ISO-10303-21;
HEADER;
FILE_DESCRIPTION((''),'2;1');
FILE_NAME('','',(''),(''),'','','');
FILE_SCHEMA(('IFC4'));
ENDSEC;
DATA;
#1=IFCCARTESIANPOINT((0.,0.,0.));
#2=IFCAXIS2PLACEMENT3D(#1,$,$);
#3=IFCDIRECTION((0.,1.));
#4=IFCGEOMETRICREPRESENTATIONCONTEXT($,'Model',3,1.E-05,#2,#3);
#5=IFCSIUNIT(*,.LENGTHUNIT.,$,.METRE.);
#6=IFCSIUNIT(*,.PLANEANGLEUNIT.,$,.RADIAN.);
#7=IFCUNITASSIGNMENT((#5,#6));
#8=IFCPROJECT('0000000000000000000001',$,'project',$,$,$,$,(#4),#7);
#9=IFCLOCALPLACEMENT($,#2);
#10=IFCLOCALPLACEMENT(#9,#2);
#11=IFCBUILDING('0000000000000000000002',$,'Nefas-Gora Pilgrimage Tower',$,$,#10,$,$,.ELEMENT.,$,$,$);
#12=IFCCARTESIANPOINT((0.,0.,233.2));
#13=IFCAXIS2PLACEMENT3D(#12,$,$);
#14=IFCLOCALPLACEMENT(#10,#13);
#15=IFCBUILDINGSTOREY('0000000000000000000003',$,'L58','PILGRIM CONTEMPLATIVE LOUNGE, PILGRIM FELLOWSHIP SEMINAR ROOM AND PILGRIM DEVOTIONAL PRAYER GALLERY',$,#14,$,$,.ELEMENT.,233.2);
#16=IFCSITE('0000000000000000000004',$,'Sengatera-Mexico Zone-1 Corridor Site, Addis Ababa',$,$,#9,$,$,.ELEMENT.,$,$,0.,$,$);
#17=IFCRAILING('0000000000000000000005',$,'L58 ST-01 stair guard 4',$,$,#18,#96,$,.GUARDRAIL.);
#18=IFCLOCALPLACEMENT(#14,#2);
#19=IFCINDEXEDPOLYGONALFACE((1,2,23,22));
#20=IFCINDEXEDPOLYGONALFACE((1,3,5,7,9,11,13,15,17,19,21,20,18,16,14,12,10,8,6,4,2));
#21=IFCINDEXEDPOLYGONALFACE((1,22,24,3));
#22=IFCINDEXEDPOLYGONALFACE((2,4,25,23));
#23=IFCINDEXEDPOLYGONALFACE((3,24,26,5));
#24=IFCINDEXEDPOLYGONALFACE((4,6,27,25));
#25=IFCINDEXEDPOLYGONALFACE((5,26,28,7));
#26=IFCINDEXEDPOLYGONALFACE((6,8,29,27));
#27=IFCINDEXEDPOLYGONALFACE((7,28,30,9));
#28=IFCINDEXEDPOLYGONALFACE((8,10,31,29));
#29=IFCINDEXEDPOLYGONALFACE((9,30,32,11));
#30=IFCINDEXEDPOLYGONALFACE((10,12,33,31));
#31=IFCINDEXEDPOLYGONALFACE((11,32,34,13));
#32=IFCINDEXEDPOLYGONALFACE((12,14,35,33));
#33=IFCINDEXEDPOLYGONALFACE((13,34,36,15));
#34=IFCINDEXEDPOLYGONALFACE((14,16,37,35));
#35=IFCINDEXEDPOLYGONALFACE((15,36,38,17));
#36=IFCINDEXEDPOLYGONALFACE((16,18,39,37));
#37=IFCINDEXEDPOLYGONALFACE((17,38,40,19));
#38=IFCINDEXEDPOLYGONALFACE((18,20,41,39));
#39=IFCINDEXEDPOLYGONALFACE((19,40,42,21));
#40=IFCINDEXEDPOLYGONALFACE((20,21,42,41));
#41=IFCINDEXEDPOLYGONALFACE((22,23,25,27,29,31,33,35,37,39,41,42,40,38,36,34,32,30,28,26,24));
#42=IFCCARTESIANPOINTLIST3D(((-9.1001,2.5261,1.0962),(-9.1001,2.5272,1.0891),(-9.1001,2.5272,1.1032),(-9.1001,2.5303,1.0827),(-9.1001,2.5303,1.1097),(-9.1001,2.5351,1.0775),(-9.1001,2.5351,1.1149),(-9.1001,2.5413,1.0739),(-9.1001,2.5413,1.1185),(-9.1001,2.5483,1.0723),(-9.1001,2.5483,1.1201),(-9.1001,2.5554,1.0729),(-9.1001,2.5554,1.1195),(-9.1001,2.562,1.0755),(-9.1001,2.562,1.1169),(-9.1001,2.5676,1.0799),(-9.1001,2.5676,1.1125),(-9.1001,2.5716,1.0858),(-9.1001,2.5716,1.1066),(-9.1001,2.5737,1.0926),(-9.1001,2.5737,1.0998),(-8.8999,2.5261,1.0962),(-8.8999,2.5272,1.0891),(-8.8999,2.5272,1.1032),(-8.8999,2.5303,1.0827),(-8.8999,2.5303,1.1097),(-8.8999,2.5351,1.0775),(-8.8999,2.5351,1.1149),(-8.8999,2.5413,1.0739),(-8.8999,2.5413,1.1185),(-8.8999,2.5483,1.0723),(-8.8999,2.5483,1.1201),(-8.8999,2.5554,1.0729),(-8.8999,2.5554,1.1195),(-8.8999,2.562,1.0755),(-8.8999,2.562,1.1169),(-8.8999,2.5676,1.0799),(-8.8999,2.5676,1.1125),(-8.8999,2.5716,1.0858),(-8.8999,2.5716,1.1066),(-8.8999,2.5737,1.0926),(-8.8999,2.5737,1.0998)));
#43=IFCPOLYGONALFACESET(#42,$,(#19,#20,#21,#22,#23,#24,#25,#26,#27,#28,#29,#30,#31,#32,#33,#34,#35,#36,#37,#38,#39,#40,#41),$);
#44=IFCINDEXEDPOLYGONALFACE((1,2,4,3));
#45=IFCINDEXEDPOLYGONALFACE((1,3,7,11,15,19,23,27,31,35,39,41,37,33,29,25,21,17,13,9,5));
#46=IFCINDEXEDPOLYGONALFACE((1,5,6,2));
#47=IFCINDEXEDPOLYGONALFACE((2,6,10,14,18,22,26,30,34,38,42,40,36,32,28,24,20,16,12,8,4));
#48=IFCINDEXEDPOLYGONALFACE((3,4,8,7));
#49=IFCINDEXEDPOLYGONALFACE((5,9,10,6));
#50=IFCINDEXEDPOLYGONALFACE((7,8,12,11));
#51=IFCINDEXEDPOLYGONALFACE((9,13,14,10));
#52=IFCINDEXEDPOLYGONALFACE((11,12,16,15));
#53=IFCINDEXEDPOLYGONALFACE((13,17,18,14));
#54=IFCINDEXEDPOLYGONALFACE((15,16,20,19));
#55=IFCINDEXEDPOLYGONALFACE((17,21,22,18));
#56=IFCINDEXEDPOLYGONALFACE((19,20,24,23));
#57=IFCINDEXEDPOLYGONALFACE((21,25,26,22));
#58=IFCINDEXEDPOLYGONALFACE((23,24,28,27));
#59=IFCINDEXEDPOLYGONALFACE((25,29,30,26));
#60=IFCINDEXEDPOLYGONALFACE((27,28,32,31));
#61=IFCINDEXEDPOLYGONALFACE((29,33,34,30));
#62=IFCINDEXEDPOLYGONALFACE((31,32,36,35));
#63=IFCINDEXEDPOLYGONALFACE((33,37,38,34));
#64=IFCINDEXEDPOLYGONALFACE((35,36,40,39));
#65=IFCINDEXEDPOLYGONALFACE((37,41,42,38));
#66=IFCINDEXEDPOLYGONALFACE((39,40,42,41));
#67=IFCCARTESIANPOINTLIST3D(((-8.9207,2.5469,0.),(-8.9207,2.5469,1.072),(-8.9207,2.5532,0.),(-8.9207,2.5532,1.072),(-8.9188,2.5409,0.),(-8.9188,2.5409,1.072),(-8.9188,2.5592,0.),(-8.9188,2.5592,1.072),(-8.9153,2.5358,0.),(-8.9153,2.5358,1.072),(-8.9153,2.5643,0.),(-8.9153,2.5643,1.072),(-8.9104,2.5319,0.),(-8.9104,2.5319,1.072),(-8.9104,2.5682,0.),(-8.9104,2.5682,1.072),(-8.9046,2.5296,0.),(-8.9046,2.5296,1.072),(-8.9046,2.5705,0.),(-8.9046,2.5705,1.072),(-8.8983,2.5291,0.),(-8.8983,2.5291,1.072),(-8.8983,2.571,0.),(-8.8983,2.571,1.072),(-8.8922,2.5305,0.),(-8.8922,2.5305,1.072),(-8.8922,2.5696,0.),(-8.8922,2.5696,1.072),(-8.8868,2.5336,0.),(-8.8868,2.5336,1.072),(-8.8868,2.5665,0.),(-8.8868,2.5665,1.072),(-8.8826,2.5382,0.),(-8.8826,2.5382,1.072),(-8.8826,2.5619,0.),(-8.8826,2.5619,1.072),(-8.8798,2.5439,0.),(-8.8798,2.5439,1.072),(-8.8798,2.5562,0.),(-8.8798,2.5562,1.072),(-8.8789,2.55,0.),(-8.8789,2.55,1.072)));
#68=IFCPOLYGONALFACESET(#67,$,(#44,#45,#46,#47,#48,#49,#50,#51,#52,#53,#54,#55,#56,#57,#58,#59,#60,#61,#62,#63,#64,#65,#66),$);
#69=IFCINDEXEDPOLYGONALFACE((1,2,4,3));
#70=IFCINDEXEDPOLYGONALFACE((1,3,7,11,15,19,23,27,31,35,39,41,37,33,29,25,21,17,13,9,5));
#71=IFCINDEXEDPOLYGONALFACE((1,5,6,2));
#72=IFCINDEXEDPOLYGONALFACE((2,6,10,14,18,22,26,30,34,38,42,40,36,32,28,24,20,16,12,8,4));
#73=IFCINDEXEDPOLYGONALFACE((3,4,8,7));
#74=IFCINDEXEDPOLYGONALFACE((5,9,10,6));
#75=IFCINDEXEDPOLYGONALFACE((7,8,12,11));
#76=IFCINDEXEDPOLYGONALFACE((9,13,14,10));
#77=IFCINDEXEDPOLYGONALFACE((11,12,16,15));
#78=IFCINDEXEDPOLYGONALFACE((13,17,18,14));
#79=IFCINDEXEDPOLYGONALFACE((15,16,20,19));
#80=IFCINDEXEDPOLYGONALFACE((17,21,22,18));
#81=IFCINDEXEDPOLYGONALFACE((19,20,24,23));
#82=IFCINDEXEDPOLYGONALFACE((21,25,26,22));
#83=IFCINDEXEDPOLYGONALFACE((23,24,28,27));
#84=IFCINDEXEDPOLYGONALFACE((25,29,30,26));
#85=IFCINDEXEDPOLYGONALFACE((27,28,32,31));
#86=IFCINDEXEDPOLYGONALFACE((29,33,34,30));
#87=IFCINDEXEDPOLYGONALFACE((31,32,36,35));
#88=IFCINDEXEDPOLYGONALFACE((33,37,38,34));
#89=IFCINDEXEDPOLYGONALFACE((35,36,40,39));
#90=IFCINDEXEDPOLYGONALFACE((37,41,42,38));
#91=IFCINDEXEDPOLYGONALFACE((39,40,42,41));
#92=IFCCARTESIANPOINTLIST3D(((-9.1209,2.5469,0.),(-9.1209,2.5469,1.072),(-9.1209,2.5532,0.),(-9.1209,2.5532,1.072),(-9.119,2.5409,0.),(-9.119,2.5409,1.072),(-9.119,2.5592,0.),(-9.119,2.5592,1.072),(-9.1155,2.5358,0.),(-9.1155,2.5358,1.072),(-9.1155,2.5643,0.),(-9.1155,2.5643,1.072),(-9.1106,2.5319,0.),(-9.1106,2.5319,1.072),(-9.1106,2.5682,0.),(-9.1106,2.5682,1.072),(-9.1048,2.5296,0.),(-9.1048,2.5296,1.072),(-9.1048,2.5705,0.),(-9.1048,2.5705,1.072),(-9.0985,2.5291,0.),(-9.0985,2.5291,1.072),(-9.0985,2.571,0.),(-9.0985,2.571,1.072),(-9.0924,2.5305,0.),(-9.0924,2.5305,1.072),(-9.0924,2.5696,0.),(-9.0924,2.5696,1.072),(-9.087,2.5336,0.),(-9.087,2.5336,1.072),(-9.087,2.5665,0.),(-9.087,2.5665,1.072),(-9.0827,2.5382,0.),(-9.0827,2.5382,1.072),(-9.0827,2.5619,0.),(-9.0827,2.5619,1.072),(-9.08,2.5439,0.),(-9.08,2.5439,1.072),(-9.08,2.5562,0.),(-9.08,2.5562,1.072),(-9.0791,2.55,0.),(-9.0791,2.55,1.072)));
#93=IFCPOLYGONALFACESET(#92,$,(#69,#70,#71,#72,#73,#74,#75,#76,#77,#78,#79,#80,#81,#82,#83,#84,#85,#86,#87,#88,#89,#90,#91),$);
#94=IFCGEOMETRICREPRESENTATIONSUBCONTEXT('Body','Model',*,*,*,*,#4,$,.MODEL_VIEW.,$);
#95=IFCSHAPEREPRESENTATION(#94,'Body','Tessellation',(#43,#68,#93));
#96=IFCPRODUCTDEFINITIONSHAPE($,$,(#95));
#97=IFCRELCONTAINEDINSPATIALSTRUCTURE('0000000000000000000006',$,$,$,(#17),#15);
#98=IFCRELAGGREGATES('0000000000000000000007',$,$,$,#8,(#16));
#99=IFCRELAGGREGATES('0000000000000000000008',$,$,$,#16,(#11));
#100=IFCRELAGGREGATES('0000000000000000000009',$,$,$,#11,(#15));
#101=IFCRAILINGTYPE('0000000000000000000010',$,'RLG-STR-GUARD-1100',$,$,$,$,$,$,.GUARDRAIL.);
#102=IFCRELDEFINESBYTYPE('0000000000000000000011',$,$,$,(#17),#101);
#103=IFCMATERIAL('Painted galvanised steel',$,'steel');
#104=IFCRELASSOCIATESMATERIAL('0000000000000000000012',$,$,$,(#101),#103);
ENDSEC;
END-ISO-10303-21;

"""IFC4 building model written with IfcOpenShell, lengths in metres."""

from ifc_helpers import new_model, si_unit, direction, frame, origin, origin_2d, place, context, subcontext, project, spatial, circle, extrude, material, type_object, element, save


model = new_model("IFC4")

# Units and contexts
model_context = context("Model", 3, precision=1e-05, world=origin(), true_north=direction((0.0, 1.0)))
body_context = subcontext(model_context, "Body", "Model", "MODEL_VIEW")
ifc_project = project(units=[si_unit("LENGTHUNIT", "METRE"), si_unit("PLANEANGLEUNIT", "RADIAN")], contexts=[model_context])

# Site, building, storey
site_placement = place(None, origin())
site = spatial("IfcSite", under=ifc_project, at=site_placement, Name="Sengatera-Mexico Zone-1 Corridor Site, Addis Ababa", CompositionType="ELEMENT", RefElevation=0.0)
building_placement = place(site_placement, origin())
building = spatial("IfcBuilding", under=site, at=building_placement, Name="Nefas-Gora Pilgrimage Tower", CompositionType="ELEMENT")
storey_placement = place(building_placement, frame((0.0, 0.0, 233.2)))
storey = spatial("IfcBuildingStorey", under=building, at=storey_placement, Name="L58", Description="PILGRIM CONTEMPLATIVE LOUNGE, PILGRIM FELLOWSHIP SEMINAR ROOM AND PILGRIM DEVOTIONAL PRAYER GALLERY", CompositionType="ELEMENT", Elevation=233.2)

# Railing
ifc_material_1 = material(Name="Painted galvanised steel", Category="steel")
railing_type_1 = type_object("IfcRailingType", Name="RLG-STR-GUARD-1100", PredefinedType="GUARDRAIL", material=ifc_material_1)
railing_1_placement = place(storey_placement, frame((-8.8999, 2.55, 0.0)))
element("IfcRailing", 1, at=railing_1_placement, inside=storey, type_object=railing_type_1, Name="L58 ST-01 stair guard 4", PredefinedType="GUARDRAIL", context=body_context, shape_type="SweptSolid", body=[
    extrude(circle(Radius=0.0239, at=origin_2d()), frame((0.0, 0.0, 1.0962), z_axis=(-1.0, 0.0, 0.0), x_axis=(0.0, -1.0, 0.0)), (0.0, 0.0, 1.0), 0.2002),
    extrude(circle(Radius=0.021, at=origin_2d()), origin(), (0.0, 0.0, 1.0), 1.072),
    extrude(circle(Radius=0.021, at=origin_2d()), frame((-0.2002, 0.0, 0.0)), (0.0, 0.0, 1.0), 1.072),
])

save(model, "model.ifc")
